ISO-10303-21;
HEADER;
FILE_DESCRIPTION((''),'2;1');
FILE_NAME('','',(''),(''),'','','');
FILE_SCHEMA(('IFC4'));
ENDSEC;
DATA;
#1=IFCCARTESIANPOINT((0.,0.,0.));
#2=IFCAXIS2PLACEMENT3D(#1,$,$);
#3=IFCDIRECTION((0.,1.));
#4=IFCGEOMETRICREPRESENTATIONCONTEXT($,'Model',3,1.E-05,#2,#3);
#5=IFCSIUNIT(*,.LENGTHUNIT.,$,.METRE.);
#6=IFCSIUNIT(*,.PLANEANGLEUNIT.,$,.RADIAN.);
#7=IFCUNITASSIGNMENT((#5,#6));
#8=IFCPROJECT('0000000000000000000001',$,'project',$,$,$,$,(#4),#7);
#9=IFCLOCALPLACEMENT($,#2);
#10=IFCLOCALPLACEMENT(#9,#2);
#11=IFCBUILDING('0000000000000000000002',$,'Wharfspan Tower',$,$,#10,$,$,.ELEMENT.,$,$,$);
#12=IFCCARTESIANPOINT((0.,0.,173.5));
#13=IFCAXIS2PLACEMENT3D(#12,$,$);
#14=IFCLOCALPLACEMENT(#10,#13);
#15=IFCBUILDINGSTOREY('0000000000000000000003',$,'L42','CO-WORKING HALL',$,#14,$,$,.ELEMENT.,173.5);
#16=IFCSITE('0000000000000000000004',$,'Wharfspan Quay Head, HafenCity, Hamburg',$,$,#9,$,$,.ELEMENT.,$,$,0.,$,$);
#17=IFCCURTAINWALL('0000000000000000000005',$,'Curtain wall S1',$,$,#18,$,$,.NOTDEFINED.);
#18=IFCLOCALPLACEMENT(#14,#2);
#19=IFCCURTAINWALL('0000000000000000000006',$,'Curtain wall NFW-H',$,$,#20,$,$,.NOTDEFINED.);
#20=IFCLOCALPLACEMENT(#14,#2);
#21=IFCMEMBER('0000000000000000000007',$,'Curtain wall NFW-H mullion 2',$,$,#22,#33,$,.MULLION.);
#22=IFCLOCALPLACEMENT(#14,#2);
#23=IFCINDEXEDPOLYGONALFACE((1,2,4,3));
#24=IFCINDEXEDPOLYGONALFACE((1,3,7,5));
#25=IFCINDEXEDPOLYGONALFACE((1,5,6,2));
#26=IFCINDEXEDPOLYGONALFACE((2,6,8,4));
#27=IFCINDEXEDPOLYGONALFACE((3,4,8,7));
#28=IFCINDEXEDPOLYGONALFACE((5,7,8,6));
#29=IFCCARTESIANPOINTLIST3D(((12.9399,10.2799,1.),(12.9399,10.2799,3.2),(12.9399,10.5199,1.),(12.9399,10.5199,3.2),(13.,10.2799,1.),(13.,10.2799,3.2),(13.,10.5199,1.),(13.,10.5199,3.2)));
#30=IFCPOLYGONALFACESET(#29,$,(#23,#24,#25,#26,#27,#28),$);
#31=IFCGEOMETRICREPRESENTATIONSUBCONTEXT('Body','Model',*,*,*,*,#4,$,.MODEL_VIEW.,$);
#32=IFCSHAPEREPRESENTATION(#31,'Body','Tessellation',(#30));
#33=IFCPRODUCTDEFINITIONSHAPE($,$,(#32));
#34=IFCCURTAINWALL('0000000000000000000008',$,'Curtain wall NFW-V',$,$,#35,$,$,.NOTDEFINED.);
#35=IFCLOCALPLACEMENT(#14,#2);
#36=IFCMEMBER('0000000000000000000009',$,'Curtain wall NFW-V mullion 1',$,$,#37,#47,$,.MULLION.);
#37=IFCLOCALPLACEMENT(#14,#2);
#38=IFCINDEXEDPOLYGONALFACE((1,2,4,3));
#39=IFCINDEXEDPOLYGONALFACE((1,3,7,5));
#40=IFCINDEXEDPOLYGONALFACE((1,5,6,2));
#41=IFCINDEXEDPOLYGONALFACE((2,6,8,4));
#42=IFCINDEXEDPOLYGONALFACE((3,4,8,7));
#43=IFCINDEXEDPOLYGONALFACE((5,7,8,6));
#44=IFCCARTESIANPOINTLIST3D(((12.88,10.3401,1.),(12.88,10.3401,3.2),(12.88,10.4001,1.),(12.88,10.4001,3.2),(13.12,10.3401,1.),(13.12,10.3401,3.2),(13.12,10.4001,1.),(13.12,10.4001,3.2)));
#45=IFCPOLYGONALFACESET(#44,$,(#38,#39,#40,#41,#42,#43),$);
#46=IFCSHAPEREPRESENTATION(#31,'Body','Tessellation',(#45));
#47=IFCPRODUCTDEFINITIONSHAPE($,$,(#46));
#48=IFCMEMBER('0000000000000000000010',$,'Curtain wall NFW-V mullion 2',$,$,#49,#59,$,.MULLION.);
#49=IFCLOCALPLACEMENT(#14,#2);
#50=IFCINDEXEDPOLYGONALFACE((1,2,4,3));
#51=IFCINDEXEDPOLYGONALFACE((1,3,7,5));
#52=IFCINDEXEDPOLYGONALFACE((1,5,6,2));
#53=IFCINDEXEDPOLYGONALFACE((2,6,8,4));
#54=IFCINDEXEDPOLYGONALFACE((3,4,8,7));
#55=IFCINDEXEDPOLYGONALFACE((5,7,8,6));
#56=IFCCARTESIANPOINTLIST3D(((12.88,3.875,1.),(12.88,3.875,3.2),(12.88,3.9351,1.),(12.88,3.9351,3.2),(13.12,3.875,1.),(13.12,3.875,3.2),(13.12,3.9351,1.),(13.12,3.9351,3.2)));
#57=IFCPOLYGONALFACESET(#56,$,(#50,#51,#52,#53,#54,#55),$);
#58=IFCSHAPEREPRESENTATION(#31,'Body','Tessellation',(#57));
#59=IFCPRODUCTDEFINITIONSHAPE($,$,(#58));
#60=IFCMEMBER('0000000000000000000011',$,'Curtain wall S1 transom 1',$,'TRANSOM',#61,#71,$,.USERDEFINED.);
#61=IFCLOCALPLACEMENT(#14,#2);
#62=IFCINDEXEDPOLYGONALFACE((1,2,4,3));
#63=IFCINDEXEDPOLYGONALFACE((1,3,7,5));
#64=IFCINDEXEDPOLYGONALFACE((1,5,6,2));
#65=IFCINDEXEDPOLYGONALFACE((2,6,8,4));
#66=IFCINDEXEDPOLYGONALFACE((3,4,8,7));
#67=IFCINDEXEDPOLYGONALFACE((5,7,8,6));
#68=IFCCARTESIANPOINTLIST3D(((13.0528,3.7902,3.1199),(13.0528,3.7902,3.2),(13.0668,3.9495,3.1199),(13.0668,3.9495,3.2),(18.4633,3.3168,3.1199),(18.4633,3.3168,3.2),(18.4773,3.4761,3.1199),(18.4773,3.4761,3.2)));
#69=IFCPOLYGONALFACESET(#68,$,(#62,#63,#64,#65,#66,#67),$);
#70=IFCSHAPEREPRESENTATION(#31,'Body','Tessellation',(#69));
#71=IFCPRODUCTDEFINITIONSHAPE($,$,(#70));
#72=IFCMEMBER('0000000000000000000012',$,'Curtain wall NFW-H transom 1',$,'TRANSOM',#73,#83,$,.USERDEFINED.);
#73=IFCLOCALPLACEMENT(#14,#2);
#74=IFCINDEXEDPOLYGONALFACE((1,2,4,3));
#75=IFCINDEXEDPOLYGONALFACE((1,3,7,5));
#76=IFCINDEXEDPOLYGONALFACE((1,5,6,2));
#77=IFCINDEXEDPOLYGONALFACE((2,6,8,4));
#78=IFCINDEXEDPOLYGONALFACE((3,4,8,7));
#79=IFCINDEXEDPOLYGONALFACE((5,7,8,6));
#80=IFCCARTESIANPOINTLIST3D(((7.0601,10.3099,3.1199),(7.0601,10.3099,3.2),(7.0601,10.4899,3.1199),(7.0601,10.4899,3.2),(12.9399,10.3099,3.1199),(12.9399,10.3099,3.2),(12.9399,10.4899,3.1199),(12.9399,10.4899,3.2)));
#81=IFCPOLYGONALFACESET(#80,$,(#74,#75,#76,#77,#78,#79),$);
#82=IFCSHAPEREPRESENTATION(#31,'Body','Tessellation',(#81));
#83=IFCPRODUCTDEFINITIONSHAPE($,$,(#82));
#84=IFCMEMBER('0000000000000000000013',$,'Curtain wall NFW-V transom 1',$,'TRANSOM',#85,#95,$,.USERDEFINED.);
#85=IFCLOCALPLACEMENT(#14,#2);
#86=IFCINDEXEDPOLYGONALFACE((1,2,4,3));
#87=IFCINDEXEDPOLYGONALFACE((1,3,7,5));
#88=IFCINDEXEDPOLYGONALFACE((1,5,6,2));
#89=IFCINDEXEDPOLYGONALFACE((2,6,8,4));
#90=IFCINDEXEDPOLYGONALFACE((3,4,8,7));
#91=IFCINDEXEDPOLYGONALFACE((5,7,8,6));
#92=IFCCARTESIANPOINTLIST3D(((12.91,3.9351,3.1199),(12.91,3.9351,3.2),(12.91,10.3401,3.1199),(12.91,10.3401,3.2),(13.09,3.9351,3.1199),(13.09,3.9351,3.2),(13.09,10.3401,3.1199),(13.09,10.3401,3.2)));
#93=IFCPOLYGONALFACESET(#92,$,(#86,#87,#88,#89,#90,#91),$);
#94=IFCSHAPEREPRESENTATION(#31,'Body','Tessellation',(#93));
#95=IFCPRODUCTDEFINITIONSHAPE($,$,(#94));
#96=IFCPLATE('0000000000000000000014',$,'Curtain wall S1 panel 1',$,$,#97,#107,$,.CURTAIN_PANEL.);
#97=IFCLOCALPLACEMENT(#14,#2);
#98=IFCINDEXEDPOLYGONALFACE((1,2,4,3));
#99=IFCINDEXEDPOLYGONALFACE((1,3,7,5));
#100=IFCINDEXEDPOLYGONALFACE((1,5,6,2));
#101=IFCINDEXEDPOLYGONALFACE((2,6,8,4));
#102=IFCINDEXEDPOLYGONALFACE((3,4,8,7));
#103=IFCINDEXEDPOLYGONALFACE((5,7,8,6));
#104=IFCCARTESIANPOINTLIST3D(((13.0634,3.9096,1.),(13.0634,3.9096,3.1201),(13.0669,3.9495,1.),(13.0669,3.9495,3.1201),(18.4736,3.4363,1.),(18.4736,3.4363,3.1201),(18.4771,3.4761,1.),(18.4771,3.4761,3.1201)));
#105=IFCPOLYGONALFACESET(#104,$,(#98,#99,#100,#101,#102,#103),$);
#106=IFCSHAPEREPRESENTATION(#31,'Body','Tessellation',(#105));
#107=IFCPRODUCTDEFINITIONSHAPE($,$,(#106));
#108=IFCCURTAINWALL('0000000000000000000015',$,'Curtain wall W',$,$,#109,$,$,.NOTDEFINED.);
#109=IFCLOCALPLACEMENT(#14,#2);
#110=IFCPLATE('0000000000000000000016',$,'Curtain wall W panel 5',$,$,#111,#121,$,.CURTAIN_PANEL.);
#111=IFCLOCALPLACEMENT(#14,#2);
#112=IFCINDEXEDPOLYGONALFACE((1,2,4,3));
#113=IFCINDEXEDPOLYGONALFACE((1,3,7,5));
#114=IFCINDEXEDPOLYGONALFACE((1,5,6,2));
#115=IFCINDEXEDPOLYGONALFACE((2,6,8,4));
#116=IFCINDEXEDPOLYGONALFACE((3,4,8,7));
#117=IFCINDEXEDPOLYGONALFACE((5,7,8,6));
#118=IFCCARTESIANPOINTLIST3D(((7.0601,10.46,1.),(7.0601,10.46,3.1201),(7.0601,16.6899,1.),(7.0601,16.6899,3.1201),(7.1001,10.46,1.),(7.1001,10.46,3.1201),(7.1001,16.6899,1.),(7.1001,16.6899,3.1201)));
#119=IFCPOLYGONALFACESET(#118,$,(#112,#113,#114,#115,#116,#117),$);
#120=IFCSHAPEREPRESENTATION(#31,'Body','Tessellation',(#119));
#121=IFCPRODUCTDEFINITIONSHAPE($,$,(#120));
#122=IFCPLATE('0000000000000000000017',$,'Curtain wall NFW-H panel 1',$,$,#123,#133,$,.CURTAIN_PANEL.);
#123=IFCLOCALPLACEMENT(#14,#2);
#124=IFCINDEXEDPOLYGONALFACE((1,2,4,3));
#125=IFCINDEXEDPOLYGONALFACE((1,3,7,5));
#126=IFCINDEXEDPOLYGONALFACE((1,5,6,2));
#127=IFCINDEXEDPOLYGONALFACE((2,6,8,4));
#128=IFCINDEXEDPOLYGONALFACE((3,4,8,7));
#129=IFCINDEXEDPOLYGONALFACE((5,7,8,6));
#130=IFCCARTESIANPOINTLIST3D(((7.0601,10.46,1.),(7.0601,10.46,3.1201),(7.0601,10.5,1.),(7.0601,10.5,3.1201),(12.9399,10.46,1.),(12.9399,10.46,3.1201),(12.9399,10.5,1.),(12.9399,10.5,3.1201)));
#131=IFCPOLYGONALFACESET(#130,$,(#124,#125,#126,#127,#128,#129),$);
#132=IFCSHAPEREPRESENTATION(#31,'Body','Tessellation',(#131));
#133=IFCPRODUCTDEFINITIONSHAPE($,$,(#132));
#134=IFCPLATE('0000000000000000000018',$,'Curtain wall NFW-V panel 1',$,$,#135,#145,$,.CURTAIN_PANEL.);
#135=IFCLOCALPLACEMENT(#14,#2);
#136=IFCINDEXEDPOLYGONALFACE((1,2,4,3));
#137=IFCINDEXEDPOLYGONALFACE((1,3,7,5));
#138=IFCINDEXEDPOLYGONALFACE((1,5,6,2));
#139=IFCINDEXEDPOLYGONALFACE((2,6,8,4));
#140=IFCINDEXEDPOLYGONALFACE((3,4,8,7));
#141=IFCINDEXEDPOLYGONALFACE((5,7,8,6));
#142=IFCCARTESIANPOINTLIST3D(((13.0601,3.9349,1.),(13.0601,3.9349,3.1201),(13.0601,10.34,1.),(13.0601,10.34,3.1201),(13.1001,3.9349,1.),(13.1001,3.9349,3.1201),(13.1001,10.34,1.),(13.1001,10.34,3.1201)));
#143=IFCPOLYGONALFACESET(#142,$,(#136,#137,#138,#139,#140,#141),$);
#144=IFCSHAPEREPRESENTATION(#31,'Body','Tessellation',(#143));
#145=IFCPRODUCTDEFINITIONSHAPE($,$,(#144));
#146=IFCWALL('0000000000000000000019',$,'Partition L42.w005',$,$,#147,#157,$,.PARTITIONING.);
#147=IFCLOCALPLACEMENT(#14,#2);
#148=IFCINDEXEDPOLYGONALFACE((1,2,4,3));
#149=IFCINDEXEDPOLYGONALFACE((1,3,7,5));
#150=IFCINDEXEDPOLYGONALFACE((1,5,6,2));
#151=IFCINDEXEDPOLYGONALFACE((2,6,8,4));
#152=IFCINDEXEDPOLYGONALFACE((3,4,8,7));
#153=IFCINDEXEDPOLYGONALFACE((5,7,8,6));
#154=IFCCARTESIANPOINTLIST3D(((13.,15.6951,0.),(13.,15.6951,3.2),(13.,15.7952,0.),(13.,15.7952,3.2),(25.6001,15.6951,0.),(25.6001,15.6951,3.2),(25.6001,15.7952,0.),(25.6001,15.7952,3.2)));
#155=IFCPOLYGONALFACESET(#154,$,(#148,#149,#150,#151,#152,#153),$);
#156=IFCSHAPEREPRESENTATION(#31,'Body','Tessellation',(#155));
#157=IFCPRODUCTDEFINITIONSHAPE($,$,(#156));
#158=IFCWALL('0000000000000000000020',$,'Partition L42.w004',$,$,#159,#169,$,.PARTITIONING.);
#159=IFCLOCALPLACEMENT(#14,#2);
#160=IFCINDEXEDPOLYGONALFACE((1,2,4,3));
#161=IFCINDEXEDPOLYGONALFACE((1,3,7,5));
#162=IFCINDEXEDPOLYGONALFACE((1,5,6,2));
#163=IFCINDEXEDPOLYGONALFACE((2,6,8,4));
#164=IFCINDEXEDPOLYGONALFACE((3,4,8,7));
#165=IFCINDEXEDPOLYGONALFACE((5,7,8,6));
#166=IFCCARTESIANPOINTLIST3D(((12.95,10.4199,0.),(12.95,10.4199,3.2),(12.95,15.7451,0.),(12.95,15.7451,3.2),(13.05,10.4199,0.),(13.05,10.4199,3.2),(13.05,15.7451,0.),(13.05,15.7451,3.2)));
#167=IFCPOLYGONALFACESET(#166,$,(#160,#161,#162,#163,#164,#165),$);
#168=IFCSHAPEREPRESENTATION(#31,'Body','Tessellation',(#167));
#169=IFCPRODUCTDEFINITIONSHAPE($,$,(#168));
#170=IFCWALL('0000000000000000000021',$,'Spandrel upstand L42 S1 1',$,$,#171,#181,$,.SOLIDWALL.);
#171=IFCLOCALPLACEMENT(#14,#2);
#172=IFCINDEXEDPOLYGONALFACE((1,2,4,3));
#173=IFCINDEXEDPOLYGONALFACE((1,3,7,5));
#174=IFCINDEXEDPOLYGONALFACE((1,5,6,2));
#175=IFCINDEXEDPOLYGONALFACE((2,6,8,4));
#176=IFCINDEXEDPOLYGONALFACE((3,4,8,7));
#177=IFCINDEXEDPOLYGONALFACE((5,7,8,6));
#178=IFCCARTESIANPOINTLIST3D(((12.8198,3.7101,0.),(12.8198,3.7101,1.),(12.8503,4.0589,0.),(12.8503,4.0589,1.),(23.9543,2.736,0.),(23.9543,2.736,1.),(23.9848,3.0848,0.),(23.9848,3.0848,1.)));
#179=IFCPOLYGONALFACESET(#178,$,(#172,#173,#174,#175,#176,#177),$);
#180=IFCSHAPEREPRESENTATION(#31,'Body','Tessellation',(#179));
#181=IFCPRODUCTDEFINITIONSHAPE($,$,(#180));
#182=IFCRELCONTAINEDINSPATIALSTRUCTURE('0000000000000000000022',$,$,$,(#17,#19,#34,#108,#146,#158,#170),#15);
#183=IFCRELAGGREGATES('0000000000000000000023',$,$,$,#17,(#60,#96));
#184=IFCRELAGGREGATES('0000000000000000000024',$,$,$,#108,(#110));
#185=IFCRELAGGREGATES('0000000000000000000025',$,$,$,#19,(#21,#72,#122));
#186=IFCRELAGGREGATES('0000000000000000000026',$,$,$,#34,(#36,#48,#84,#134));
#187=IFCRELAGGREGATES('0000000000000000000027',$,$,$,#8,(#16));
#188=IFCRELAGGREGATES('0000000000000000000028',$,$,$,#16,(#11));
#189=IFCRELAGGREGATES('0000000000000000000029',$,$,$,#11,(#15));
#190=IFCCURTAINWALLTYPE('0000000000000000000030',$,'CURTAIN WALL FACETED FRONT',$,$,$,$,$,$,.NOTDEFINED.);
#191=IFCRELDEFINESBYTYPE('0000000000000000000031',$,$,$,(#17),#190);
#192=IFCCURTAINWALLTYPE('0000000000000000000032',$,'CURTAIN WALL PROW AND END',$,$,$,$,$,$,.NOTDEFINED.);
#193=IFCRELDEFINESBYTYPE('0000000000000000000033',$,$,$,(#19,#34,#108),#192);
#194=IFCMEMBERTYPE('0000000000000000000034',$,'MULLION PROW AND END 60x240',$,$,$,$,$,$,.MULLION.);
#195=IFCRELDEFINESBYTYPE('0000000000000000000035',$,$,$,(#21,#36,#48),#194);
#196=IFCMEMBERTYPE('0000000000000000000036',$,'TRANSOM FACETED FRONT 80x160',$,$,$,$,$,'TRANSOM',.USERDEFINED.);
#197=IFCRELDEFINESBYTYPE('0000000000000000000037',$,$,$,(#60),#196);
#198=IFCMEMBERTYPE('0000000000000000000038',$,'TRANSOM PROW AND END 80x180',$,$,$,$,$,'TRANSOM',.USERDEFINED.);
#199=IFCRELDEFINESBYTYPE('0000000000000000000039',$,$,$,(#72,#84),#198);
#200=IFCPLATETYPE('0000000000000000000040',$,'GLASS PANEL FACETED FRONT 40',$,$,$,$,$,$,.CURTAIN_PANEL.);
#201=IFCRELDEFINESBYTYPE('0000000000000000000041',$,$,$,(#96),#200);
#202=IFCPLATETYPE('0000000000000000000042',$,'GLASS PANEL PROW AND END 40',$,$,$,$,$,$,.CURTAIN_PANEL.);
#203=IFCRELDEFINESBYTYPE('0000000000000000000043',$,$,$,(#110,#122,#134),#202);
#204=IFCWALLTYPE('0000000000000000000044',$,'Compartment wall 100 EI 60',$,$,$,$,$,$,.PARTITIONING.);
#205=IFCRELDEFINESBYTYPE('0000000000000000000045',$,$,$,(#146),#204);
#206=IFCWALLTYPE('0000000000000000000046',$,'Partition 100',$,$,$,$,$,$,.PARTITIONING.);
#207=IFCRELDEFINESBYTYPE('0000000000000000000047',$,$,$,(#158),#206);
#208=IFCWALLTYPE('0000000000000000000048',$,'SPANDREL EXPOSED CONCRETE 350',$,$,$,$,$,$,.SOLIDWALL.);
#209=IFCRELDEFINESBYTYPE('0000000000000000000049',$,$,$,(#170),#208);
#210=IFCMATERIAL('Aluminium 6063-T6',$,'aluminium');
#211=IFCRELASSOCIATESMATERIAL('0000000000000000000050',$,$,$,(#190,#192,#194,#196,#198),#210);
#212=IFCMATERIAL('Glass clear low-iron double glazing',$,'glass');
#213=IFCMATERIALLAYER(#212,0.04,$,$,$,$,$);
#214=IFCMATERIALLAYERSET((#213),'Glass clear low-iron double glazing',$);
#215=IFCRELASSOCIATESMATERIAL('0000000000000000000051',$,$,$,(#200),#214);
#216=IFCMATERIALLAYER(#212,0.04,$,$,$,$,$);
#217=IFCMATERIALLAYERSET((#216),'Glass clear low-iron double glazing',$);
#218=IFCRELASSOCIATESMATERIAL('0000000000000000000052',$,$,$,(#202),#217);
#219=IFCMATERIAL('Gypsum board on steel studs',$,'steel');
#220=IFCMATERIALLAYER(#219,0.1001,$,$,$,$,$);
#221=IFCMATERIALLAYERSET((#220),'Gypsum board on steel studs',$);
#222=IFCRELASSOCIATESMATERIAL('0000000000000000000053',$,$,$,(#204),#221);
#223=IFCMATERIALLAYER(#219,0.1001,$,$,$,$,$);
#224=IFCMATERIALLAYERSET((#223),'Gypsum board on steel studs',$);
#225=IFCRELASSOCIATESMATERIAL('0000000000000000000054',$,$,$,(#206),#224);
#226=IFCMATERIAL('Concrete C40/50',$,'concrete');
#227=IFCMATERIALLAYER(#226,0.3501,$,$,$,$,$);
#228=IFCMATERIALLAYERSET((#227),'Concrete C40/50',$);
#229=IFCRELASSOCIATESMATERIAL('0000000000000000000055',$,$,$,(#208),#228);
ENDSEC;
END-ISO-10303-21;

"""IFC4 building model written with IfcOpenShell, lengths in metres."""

from ifc_helpers import new_model, si_unit, direction, frame, frame_2d, origin, origin_2d, place, context, subcontext, project, spatial, rectangle, extrude, material, layer, layer_set, material_profile, profile_set, type_object, element, aggregate, save


model = new_model("IFC4")

# Units and contexts
model_context = context("Model", 3, precision=1e-05, world=origin(), true_north=direction((0.0, 1.0)))
body_context = subcontext(model_context, "Body", "Model", "MODEL_VIEW")
ifc_project = project(units=[si_unit("LENGTHUNIT", "METRE"), si_unit("PLANEANGLEUNIT", "RADIAN")], contexts=[model_context])

# Site, building, storey
site_placement = place(None, origin())
site = spatial("IfcSite", under=ifc_project, at=site_placement, Name="Wharfspan Quay Head, HafenCity, Hamburg", CompositionType="ELEMENT", RefElevation=0.0)
building_placement = place(site_placement, origin())
building = spatial("IfcBuilding", under=site, at=building_placement, Name="Wharfspan Tower", CompositionType="ELEMENT")
storey_placement = place(building_placement, frame((0.0, 0.0, 173.5)))
storey = spatial("IfcBuildingStorey", under=building, at=storey_placement, Name="L42", Description="CO-WORKING HALL", CompositionType="ELEMENT", Elevation=173.5)

# Curtain wall
ifc_material_1 = material(Name="Aluminium 6063-T6", Category="aluminium")
curtain_wall_type_1 = type_object("IfcCurtainWallType", Name="CURTAIN WALL FACETED FRONT", PredefinedType="NOTDEFINED", material=ifc_material_1)
curtain_wall_1_placement = place(storey_placement, origin())
curtain_wall_1 = element("IfcCurtainWall", 1, at=curtain_wall_1_placement, inside=storey, type_object=curtain_wall_type_1, Name="Curtain wall S1", PredefinedType="NOTDEFINED")

# Curtain wall, member
curtain_wall_type_2 = type_object("IfcCurtainWallType", Name="CURTAIN WALL PROW AND END", PredefinedType="NOTDEFINED", material=ifc_material_1)
curtain_wall_2_placement = place(storey_placement, origin())
curtain_wall_2 = element("IfcCurtainWall", 2, at=curtain_wall_2_placement, inside=storey, type_object=curtain_wall_type_2, Name="Curtain wall NFW-H", PredefinedType="NOTDEFINED")
ifc_material_profile_1 = material_profile(ifc_material_1, rectangle(XDim=0.24, YDim=0.0601, at=origin_2d()))
ifc_profile_set_1 = profile_set([ifc_material_profile_1], Name="Aluminium 6063-T6")
member_type_1 = type_object("IfcMemberType", Name="MULLION PROW AND END 60x240", PredefinedType="MULLION", material=ifc_profile_set_1)
member_1_placement = place(storey_placement, frame((12.97, 10.3999, 1.0), z_axis=(0.0, 0.0, 1.0), x_axis=(0.0, 1.0, 0.0)))
member_1 = element("IfcMember", 3, at=member_1_placement, type_object=member_type_1, Name="Curtain wall NFW-H mullion 2", PredefinedType="MULLION", context=body_context, shape_type="SweptSolid", body=[
    extrude(rectangle(XDim=0.24, YDim=0.0601, at=origin_2d()), origin(), (0.0, 0.0, 1.0), 2.2),
])

# Curtain wall, members
curtain_wall_3_placement = place(storey_placement, origin())
curtain_wall_3 = element("IfcCurtainWall", 4, at=curtain_wall_3_placement, inside=storey, type_object=curtain_wall_type_2, Name="Curtain wall NFW-V", PredefinedType="NOTDEFINED")
member_2_placement = place(storey_placement, frame((13.0, 10.3701, 1.0), z_axis=(0.0, 0.0, 1.0), x_axis=(1.0, 0.0, 0.0)))
member_2 = element("IfcMember", 5, at=member_2_placement, type_object=member_type_1, Name="Curtain wall NFW-V mullion 1", PredefinedType="MULLION", context=body_context, shape_type="SweptSolid", body=[
    extrude(rectangle(XDim=0.24, YDim=0.0601, at=origin_2d()), origin(), (0.0, 0.0, 1.0), 2.2),
])
member_3_placement = place(storey_placement, frame((13.0, 3.905, 1.0), z_axis=(0.0, 0.0, 1.0), x_axis=(1.0, 0.0, 0.0)))
member_3 = element("IfcMember", 6, at=member_3_placement, type_object=member_type_1, Name="Curtain wall NFW-V mullion 2", PredefinedType="MULLION", context=body_context, shape_type="SweptSolid", body=[
    extrude(rectangle(XDim=0.24, YDim=0.0601, at=origin_2d()), origin(), (0.0, 0.0, 1.0), 2.2),
])

# Members
ifc_material_profile_2 = material_profile(ifc_material_1, rectangle(XDim=0.1599, YDim=0.0801, at=origin_2d()))
ifc_profile_set_2 = profile_set([ifc_material_profile_2], Name="Aluminium 6063-T6")
member_type_2 = type_object("IfcMemberType", Name="TRANSOM FACETED FRONT 80x160", ElementType="TRANSOM", PredefinedType="USERDEFINED", material=ifc_profile_set_2)
member_4_placement = place(storey_placement, frame((13.0598, 3.8699, 3.1599), z_axis=(0.996194, -0.087163, 0.0), x_axis=(0.087163, 0.996194, 0.0)))
member_4 = element("IfcMember", 7, at=member_4_placement, type_object=member_type_2, Name="Curtain wall S1 transom 1", ObjectType="TRANSOM", PredefinedType="USERDEFINED", context=body_context, shape_type="SweptSolid", body=[
    extrude(rectangle(XDim=0.1599, YDim=0.0801, at=origin_2d()), origin(), (0.0, 0.0, 1.0), 5.4312),
])
ifc_material_profile_3 = material_profile(ifc_material_1, rectangle(XDim=0.1799, YDim=0.0801, at=origin_2d()))
ifc_profile_set_3 = profile_set([ifc_material_profile_3], Name="Aluminium 6063-T6")
member_type_3 = type_object("IfcMemberType", Name="TRANSOM PROW AND END 80x180", ElementType="TRANSOM", PredefinedType="USERDEFINED", material=ifc_profile_set_3)
member_5_placement = place(storey_placement, frame((7.0601, 10.3999, 3.1599), z_axis=(1.0, 0.0, 0.0), x_axis=(0.0, 1.0, 0.0)))
member_5 = element("IfcMember", 8, at=member_5_placement, type_object=member_type_3, Name="Curtain wall NFW-H transom 1", ObjectType="TRANSOM", PredefinedType="USERDEFINED", context=body_context, shape_type="SweptSolid", body=[
    extrude(rectangle(XDim=0.1799, YDim=0.0801, at=origin_2d()), origin(), (0.0, 0.0, 1.0), 5.8799),
])
member_6_placement = place(storey_placement, frame((13.0, 10.3401, 3.1599), z_axis=(0.0, -1.0, 0.0), x_axis=(1.0, 0.0, 0.0)))
member_6 = element("IfcMember", 9, at=member_6_placement, type_object=member_type_3, Name="Curtain wall NFW-V transom 1", ObjectType="TRANSOM", PredefinedType="USERDEFINED", context=body_context, shape_type="SweptSolid", body=[
    extrude(rectangle(XDim=0.1799, YDim=0.0801, at=origin_2d()), origin(), (0.0, 0.0, 1.0), 6.405),
])

# Plate
ifc_material_2 = material(Name="Glass clear low-iron double glazing", Category="glass")
ifc_layer_1 = layer(ifc_material_2, 0.04)
ifc_layer_set_1 = layer_set([ifc_layer_1], Name="Glass clear low-iron double glazing")
plate_type_1 = type_object("IfcPlateType", Name="GLASS PANEL FACETED FRONT 40", PredefinedType="CURTAIN_PANEL", material=ifc_layer_set_1)
plate_1_placement = place(storey_placement, frame((15.7703, 3.6929, 1.0), z_axis=(0.0, 0.0, 1.0), x_axis=(0.996198, -0.087156, 0.0)))
plate_1 = element("IfcPlate", 10, at=plate_1_placement, type_object=plate_type_1, Name="Curtain wall S1 panel 1", PredefinedType="CURTAIN_PANEL", context=body_context, shape_type="SweptSolid", body=[
    extrude(rectangle(XDim=5.4309, YDim=0.04, at=origin_2d()), origin(), (0.0, 0.0, 1.0), 2.1201),
])
aggregate(curtain_wall_1, [member_4, plate_1])

# Curtain wall, plate
curtain_wall_4_placement = place(storey_placement, origin())
curtain_wall_4 = element("IfcCurtainWall", 11, at=curtain_wall_4_placement, inside=storey, type_object=curtain_wall_type_2, Name="Curtain wall W", PredefinedType="NOTDEFINED")
ifc_layer_2 = layer(ifc_material_2, 0.04)
ifc_layer_set_2 = layer_set([ifc_layer_2], Name="Glass clear low-iron double glazing")
plate_type_2 = type_object("IfcPlateType", Name="GLASS PANEL PROW AND END 40", PredefinedType="CURTAIN_PANEL", material=ifc_layer_set_2)
plate_2_placement = place(storey_placement, frame((7.0801, 13.575, 1.0), z_axis=(0.0, 0.0, 1.0), x_axis=(0.0, -1.0, 0.0)))
plate_2 = element("IfcPlate", 12, at=plate_2_placement, type_object=plate_type_2, Name="Curtain wall W panel 5", PredefinedType="CURTAIN_PANEL", context=body_context, shape_type="SweptSolid", body=[
    extrude(rectangle(XDim=6.23, YDim=0.04, at=origin_2d()), origin(), (0.0, 0.0, 1.0), 2.1201),
])
aggregate(curtain_wall_4, [plate_2])

# Plates
plate_3_placement = place(storey_placement, frame((10.0, 10.48, 1.0), z_axis=(0.0, 0.0, 1.0), x_axis=(1.0, 0.0, 0.0)))
plate_3 = element("IfcPlate", 13, at=plate_3_placement, type_object=plate_type_2, Name="Curtain wall NFW-H panel 1", PredefinedType="CURTAIN_PANEL", context=body_context, shape_type="SweptSolid", body=[
    extrude(rectangle(XDim=5.8799, YDim=0.04, at=origin_2d()), origin(), (0.0, 0.0, 1.0), 2.1201),
])
aggregate(curtain_wall_2, [member_1, member_5, plate_3])
plate_4_placement = place(storey_placement, frame((13.0801, 7.1375, 1.0), z_axis=(0.0, 0.0, 1.0), x_axis=(0.0, -1.0, 0.0)))
plate_4 = element("IfcPlate", 14, at=plate_4_placement, type_object=plate_type_2, Name="Curtain wall NFW-V panel 1", PredefinedType="CURTAIN_PANEL", context=body_context, shape_type="SweptSolid", body=[
    extrude(rectangle(XDim=6.405, YDim=0.04, at=origin_2d()), origin(), (0.0, 0.0, 1.0), 2.1201),
])
aggregate(curtain_wall_3, [member_2, member_3, member_6, plate_4])

# Walls
ifc_material_3 = material(Name="Gypsum board on steel studs", Category="steel")
ifc_layer_3 = layer(ifc_material_3, 0.1001)
ifc_layer_set_3 = layer_set([ifc_layer_3], Name="Gypsum board on steel studs")
wall_type_1 = type_object("IfcWallType", Name="Compartment wall 100 EI 60", PredefinedType="PARTITIONING", material=ifc_layer_set_3)
wall_1_placement = place(storey_placement, frame((13.0, 15.7451, 0.0), z_axis=(0.0, 0.0, 1.0), x_axis=(1.0, 0.0, 0.0)))
element("IfcWall", 15, at=wall_1_placement, inside=storey, type_object=wall_type_1, Name="Partition L42.w005", PredefinedType="PARTITIONING", context=body_context, shape_type="SweptSolid", body=[
    extrude(rectangle(XDim=12.6001, YDim=0.1001, at=frame_2d((6.3, 0.0))), origin(), (0.0, 0.0, 1.0), 3.2),
])
ifc_layer_4 = layer(ifc_material_3, 0.1001)
ifc_layer_set_4 = layer_set([ifc_layer_4], Name="Gypsum board on steel studs")
wall_type_2 = type_object("IfcWallType", Name="Partition 100", PredefinedType="PARTITIONING", material=ifc_layer_set_4)
wall_2_placement = place(storey_placement, frame((13.0, 10.4199, 0.0), z_axis=(0.0, 0.0, 1.0), x_axis=(0.0, 1.0, 0.0)))
element("IfcWall", 16, at=wall_2_placement, inside=storey, type_object=wall_type_2, Name="Partition L42.w004", PredefinedType="PARTITIONING", context=body_context, shape_type="SweptSolid", body=[
    extrude(rectangle(XDim=5.3252, YDim=0.1001, at=frame_2d((2.6626, 0.0))), origin(), (0.0, 0.0, 1.0), 3.2),
])
ifc_material_4 = material(Name="Concrete C40/50", Category="concrete")
ifc_layer_5 = layer(ifc_material_4, 0.3501)
ifc_layer_set_5 = layer_set([ifc_layer_5], Name="Concrete C40/50")
wall_type_3 = type_object("IfcWallType", Name="SPANDREL EXPOSED CONCRETE 350", PredefinedType="SOLIDWALL", material=ifc_layer_set_5)
wall_3_placement = place(storey_placement, frame((12.8352, 3.8845, 0.0), z_axis=(0.0, 0.0, 1.0), x_axis=(0.996199, -0.087154, 0.0)))
element("IfcWall", 17, at=wall_3_placement, inside=storey, type_object=wall_type_3, Name="Spandrel upstand L42 S1 1", PredefinedType="SOLIDWALL", context=body_context, shape_type="SweptSolid", body=[
    extrude(rectangle(XDim=11.177, YDim=0.3501, at=frame_2d((5.5884, 0.0))), origin(), (0.0, 0.0, 1.0), 1.0),
])

save(model, "model.ifc")
